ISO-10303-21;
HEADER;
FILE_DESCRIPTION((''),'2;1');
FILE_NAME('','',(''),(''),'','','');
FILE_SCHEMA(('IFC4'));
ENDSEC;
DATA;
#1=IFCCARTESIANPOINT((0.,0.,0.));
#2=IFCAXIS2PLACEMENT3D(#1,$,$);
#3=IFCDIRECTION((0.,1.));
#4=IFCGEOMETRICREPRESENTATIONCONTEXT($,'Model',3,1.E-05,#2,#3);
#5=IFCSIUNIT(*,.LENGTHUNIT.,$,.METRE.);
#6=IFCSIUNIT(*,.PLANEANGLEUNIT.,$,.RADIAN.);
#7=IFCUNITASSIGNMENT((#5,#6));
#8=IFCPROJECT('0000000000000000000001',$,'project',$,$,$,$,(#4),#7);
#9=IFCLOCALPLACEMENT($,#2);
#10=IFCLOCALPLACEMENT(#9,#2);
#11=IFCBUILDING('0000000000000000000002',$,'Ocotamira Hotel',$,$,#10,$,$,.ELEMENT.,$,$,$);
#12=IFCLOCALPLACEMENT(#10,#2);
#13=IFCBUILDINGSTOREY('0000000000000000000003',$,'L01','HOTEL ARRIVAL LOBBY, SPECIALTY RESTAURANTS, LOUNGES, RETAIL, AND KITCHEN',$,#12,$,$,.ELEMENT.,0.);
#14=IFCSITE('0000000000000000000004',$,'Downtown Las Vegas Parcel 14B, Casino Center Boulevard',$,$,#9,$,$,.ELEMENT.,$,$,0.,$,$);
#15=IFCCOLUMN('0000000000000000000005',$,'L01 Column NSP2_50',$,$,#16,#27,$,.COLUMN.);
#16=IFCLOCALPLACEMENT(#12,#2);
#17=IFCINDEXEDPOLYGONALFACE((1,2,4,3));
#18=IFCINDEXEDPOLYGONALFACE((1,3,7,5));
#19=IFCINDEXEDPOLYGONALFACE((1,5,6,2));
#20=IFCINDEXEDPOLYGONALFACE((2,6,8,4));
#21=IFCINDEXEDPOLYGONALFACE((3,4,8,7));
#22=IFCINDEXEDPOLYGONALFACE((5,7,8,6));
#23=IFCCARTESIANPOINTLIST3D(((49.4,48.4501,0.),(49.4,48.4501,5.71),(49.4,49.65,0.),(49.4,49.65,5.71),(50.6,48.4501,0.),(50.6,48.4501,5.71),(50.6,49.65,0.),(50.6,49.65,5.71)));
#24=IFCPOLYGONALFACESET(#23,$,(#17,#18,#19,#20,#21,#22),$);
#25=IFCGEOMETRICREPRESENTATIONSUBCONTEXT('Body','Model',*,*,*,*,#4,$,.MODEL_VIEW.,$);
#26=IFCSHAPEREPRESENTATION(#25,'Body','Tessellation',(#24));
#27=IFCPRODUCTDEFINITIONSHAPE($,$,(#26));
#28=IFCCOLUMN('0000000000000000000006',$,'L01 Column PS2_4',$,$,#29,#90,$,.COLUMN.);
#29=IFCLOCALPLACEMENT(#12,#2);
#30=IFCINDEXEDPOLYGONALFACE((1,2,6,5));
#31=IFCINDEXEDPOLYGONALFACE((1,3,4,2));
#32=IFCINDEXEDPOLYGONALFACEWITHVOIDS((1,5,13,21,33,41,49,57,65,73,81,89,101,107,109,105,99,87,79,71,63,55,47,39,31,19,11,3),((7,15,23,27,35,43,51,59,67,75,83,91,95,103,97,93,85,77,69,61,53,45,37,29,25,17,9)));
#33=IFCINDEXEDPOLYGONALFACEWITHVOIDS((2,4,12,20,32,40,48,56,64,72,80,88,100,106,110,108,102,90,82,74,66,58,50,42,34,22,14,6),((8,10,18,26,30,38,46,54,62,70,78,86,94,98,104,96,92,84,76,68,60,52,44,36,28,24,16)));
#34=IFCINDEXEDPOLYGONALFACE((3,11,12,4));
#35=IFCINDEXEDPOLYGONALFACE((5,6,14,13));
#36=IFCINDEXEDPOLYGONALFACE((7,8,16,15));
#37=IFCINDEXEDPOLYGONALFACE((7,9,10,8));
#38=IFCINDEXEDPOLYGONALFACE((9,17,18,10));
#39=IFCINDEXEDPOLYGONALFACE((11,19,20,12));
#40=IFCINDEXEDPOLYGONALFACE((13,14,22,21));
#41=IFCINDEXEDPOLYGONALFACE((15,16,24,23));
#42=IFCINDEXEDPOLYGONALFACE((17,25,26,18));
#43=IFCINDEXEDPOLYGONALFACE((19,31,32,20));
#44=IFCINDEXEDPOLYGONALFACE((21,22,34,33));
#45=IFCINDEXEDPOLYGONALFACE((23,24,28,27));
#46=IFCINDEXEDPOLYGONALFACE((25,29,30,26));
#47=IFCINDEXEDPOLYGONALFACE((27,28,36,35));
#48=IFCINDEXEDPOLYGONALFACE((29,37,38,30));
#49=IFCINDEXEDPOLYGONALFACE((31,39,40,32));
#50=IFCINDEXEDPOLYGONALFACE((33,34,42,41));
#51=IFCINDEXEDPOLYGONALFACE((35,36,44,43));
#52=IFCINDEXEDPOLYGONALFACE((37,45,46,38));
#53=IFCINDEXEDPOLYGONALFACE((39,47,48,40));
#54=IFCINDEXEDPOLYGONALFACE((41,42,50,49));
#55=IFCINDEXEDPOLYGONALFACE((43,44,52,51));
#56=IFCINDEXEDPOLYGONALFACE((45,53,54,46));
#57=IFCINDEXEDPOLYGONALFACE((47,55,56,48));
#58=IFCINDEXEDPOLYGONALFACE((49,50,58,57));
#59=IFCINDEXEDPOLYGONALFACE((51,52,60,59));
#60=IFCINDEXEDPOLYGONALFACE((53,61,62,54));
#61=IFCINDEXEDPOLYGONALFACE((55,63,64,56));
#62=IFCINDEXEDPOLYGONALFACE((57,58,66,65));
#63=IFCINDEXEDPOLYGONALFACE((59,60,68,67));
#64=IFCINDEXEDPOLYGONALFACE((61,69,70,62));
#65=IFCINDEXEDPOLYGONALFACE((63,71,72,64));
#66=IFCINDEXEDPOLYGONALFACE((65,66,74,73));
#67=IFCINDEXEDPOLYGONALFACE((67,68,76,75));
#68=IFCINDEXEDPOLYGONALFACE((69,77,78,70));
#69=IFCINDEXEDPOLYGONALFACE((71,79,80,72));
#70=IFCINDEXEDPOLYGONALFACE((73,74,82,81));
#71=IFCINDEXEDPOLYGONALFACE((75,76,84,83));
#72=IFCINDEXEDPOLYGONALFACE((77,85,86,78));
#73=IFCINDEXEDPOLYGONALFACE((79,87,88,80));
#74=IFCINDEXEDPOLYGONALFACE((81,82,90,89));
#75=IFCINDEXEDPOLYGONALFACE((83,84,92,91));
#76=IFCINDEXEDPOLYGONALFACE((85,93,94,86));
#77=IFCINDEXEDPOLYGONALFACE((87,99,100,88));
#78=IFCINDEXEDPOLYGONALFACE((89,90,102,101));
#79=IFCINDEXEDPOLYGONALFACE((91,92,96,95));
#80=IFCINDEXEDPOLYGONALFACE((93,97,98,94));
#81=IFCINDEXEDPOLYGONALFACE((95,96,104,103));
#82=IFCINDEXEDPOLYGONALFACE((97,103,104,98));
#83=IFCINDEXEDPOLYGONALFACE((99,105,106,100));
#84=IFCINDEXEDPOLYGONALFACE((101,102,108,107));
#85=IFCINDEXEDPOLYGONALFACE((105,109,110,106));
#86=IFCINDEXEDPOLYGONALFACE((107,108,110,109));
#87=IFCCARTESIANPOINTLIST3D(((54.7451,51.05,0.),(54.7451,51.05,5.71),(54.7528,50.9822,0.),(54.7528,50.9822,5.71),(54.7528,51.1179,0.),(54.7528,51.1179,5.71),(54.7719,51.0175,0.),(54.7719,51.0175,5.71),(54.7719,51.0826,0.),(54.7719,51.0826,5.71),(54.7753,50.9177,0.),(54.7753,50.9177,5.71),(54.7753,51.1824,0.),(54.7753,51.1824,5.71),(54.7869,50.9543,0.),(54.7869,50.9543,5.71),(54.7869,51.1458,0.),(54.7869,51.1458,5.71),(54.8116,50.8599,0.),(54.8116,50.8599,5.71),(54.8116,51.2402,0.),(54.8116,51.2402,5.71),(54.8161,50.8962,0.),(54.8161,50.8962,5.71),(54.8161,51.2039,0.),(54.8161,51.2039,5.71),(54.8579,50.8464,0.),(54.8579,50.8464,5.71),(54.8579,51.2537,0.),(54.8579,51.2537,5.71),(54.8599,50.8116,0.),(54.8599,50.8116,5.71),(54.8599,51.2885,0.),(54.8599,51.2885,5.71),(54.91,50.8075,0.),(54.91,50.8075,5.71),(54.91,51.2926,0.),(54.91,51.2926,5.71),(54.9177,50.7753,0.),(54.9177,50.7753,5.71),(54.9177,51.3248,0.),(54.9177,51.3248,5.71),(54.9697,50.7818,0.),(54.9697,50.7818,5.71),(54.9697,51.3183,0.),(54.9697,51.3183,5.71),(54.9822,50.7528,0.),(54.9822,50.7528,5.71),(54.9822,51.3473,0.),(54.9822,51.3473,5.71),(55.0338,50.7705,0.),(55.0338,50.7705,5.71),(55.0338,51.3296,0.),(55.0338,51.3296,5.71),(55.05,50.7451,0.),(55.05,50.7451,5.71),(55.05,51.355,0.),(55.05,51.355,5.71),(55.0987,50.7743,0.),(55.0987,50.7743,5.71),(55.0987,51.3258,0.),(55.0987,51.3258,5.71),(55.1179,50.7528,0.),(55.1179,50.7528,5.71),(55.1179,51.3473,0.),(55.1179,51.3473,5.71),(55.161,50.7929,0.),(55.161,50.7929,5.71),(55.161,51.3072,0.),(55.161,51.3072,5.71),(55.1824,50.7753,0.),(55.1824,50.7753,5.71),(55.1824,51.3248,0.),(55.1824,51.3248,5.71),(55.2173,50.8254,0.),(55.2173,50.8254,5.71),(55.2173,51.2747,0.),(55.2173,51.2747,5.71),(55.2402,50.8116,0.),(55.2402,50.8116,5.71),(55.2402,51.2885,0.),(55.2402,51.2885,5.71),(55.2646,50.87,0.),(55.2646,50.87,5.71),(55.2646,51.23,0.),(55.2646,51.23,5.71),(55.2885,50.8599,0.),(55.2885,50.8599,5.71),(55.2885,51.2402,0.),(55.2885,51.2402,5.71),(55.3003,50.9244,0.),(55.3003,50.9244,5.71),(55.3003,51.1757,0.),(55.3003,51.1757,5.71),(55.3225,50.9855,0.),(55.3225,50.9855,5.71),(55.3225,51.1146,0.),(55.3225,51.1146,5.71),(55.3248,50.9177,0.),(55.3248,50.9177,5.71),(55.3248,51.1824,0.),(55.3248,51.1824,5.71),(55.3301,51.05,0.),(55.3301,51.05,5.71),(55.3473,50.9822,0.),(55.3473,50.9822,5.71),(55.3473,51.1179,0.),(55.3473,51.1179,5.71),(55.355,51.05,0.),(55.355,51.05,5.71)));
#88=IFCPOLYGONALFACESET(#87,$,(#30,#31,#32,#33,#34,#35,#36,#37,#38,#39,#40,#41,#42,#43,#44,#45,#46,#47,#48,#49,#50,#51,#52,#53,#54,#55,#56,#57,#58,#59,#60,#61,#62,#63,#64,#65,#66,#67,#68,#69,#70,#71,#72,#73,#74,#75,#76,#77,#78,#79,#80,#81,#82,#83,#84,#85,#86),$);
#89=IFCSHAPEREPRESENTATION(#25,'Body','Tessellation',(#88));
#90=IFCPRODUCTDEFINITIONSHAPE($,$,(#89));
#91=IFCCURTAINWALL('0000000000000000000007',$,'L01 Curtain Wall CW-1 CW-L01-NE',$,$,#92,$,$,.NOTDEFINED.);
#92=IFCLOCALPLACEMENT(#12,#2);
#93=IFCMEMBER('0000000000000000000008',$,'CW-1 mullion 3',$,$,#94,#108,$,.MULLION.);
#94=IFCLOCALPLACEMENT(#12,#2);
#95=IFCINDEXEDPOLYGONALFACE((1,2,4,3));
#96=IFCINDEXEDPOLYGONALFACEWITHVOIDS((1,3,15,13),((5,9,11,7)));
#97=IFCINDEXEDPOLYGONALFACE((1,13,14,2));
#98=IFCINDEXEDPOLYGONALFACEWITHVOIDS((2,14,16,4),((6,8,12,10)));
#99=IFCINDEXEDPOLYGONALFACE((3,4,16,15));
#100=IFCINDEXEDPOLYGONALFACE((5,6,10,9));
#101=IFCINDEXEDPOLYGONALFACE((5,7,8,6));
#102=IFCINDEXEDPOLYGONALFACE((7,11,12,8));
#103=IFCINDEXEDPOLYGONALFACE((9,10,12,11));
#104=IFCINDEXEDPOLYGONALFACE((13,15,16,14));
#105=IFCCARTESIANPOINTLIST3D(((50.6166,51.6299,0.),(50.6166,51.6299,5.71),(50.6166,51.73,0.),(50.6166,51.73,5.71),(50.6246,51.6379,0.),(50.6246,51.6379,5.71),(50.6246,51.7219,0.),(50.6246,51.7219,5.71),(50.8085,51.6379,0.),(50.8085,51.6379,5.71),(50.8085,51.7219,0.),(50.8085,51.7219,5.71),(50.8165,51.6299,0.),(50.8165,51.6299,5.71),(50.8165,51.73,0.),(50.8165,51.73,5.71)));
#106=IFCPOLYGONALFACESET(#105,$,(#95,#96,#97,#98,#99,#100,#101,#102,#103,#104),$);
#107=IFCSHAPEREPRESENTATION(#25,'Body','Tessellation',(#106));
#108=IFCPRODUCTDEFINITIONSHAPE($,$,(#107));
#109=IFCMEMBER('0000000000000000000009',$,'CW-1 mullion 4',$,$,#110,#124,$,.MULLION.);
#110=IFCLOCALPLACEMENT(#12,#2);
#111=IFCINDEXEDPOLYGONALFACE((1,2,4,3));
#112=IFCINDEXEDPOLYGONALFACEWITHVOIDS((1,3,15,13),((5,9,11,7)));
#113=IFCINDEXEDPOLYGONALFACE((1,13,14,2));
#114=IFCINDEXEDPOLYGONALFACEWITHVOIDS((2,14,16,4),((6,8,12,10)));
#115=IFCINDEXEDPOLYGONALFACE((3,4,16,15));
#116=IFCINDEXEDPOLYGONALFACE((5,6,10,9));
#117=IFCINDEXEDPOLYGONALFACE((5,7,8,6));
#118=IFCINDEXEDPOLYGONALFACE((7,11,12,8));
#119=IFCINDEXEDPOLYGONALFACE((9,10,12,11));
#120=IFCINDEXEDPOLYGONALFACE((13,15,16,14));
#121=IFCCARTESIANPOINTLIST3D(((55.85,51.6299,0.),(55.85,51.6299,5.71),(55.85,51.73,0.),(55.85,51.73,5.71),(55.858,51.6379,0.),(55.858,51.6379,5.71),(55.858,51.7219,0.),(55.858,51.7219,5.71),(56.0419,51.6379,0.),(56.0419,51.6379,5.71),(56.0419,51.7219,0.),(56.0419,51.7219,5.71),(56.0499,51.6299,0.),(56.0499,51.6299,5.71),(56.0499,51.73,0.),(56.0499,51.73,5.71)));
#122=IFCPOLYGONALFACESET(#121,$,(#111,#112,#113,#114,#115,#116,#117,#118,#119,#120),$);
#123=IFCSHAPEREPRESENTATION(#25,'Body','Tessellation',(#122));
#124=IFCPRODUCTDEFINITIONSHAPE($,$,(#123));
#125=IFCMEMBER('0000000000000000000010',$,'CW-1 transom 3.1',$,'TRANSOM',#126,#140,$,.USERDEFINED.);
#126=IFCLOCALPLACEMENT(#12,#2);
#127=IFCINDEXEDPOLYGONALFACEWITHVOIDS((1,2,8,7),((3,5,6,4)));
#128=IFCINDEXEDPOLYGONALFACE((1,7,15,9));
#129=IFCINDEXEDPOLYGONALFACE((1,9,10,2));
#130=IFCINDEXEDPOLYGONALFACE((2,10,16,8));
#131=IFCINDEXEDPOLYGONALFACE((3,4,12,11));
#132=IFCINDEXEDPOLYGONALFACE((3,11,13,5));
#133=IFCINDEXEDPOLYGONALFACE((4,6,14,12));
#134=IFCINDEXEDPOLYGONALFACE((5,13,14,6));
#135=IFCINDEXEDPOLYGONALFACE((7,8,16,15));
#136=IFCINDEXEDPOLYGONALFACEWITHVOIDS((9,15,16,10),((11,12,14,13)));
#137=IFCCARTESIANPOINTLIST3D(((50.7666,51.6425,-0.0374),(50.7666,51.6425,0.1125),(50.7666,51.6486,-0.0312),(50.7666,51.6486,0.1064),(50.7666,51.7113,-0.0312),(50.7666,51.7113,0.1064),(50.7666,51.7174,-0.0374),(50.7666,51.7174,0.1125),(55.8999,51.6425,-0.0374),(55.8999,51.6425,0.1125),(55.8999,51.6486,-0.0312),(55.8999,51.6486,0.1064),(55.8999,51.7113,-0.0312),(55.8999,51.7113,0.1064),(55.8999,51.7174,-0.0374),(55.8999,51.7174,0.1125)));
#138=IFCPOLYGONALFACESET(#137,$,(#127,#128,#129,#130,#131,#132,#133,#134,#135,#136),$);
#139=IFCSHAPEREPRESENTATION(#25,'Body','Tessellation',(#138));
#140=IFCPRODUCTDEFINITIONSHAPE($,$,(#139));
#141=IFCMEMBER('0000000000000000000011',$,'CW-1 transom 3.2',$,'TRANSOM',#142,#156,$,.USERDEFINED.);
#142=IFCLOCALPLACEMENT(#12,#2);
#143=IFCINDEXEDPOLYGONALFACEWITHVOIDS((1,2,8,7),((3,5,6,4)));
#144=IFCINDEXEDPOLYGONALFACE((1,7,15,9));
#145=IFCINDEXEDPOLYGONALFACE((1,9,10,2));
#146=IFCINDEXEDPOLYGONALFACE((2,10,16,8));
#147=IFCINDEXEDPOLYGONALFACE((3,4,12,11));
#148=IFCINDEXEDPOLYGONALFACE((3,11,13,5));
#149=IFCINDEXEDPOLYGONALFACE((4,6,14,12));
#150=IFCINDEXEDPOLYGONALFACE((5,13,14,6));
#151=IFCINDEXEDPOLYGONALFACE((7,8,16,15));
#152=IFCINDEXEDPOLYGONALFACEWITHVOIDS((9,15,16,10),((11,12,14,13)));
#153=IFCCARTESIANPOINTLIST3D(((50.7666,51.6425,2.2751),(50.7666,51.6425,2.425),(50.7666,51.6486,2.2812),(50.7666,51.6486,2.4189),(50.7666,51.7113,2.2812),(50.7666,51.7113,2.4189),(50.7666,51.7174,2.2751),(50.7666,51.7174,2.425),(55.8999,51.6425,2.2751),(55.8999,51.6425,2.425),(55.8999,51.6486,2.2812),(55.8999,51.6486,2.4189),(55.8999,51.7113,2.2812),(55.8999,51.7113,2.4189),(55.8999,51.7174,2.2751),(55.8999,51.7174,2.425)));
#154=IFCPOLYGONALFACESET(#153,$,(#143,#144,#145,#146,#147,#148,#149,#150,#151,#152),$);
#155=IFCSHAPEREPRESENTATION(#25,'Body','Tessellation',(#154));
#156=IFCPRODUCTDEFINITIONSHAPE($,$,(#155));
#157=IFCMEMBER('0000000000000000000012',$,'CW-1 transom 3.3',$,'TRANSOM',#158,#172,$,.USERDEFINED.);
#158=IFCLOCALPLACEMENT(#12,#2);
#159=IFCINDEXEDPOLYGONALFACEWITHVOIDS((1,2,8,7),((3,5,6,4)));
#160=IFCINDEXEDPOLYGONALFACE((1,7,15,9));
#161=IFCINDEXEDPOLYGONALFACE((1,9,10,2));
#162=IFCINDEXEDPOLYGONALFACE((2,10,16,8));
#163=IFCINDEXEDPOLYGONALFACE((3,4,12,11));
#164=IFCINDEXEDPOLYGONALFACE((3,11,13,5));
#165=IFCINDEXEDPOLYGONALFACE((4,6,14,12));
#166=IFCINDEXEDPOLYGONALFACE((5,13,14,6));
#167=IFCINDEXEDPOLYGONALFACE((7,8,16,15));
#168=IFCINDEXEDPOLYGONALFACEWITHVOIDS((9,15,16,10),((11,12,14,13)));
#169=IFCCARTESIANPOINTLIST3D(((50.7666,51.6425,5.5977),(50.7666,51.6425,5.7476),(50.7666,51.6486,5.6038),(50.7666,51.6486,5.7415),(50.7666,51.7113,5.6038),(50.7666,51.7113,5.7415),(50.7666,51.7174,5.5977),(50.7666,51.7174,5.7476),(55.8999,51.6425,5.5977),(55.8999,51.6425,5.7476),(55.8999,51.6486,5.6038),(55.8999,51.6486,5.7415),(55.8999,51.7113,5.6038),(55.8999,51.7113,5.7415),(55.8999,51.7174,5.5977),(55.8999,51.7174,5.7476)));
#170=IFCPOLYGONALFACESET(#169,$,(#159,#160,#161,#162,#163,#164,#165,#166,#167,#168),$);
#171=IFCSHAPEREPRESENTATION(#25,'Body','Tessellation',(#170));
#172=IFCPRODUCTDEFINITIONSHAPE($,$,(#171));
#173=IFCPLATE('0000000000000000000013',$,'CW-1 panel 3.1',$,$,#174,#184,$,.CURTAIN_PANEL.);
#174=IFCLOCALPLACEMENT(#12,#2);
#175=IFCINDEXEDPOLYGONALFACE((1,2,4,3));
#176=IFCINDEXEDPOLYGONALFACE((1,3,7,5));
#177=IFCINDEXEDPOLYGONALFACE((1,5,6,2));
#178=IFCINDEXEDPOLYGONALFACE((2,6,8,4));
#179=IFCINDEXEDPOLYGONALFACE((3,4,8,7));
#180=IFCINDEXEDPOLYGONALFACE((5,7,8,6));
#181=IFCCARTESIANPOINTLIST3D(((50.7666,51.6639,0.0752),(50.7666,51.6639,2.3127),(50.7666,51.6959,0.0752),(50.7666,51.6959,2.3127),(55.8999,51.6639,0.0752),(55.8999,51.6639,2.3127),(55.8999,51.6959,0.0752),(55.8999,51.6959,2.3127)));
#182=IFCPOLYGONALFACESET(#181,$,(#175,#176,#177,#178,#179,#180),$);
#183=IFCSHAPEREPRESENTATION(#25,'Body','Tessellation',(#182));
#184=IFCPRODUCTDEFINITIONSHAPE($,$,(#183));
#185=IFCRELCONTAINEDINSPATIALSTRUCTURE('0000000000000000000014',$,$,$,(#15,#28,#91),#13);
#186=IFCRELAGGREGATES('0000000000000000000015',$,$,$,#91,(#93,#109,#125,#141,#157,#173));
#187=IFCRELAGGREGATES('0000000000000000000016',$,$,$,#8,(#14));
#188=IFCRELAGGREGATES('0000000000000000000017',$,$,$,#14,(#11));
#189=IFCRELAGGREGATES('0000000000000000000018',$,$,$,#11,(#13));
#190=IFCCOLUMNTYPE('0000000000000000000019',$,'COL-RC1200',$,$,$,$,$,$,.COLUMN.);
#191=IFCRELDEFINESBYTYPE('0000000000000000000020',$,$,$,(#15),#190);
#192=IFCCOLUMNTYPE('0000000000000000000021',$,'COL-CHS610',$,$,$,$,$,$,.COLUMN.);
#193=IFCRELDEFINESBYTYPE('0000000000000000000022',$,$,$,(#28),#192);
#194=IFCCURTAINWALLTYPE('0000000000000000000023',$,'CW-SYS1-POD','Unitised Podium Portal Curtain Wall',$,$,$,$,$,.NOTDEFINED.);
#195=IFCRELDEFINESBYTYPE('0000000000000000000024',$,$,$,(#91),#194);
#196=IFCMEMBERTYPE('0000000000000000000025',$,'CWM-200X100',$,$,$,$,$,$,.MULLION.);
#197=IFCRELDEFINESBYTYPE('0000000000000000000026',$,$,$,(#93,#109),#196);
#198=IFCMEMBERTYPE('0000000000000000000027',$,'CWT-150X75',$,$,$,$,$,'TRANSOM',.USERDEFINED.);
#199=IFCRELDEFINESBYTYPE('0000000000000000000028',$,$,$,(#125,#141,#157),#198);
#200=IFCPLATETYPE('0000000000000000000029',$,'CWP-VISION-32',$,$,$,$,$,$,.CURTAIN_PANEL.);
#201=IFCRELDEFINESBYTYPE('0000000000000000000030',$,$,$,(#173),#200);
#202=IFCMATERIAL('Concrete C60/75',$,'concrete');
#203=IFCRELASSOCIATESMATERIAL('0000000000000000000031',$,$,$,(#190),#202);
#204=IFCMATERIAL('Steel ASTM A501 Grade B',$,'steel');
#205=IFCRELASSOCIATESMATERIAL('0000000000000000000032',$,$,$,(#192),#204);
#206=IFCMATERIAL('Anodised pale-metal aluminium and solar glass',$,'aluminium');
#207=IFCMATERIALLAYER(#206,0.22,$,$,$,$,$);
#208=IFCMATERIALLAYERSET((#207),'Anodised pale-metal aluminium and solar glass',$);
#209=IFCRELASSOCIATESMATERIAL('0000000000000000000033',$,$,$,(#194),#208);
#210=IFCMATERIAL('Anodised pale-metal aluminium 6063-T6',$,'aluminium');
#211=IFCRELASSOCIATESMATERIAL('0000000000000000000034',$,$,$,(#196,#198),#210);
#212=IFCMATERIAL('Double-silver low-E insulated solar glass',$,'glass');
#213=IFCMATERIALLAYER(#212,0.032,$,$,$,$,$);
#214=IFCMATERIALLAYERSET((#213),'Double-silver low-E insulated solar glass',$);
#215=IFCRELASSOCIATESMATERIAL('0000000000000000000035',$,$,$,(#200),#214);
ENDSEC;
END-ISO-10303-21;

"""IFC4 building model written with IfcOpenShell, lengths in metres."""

from ifc_helpers import new_model, si_unit, direction, frame, origin, origin_2d, place, context, subcontext, project, spatial, rectangle, hollow_rectangle, hollow_circle, extrude, source, transform, mapped, material, layer, layer_set, material_profile, profile_set, type_object, element, aggregate, save


model = new_model("IFC4")

# Units and contexts
model_context = context("Model", 3, precision=1e-05, world=origin(), true_north=direction((0.0, 1.0)))
body_context = subcontext(model_context, "Body", "Model", "MODEL_VIEW")
ifc_project = project(units=[si_unit("LENGTHUNIT", "METRE"), si_unit("PLANEANGLEUNIT", "RADIAN")], contexts=[model_context])

# Site, building, storey
site_placement = place(None, origin())
site = spatial("IfcSite", under=ifc_project, at=site_placement, Name="Downtown Las Vegas Parcel 14B, Casino Center Boulevard", CompositionType="ELEMENT", RefElevation=0.0)
building_placement = place(site_placement, origin())
building = spatial("IfcBuilding", under=site, at=building_placement, Name="Ocotamira Hotel", CompositionType="ELEMENT")
storey_placement = place(building_placement, origin())
storey = spatial("IfcBuildingStorey", under=building, at=storey_placement, Name="L01", Description="HOTEL ARRIVAL LOBBY, SPECIALTY RESTAURANTS, LOUNGES, RETAIL, AND KITCHEN", CompositionType="ELEMENT", Elevation=0.0)

# Columns
ifc_material_1 = material(Name="Concrete C60/75", Category="concrete")
ifc_material_profile_1 = material_profile(ifc_material_1, rectangle(XDim=1.2, YDim=1.2, at=origin_2d()), Name="RC1200X1200")
ifc_profile_set_1 = profile_set([ifc_material_profile_1], Name="Concrete C60/75")
column_type_1 = type_object("IfcColumnType", Name="COL-RC1200", PredefinedType="COLUMN", material=ifc_profile_set_1)
shared_shape_1 = source(origin(), body_context, "Body", "SweptSolid", [
    extrude(rectangle(XDim=1.2, YDim=1.2, at=origin_2d()), origin(), (0.0, 0.0, 1.0), 5.71),
])
column_1_placement = place(storey_placement, frame((50.0, 49.05, 0.0), z_axis=(0.0, 0.0, 1.0), x_axis=(1.0, 0.0, 0.0)))
element("IfcColumn", 1, at=column_1_placement, inside=storey, type_object=column_type_1, Name="L01 Column NSP2_50", PredefinedType="COLUMN", context=body_context, shape_type="MappedRepresentation", body=[
    mapped(shared_shape_1, transform((0.0, 0.0, 0.0), scale=1.0)),
])
ifc_material_2 = material(Name="Steel ASTM A501 Grade B", Category="steel")
ifc_material_profile_2 = material_profile(ifc_material_2, hollow_circle(Radius=0.3049, WallThickness=0.0249, at=origin_2d()), Name="CHS610X25")
ifc_profile_set_2 = profile_set([ifc_material_profile_2], Name="Steel ASTM A501 Grade B")
column_type_2 = type_object("IfcColumnType", Name="COL-CHS610", PredefinedType="COLUMN", material=ifc_profile_set_2)
shared_shape_2 = source(origin(), body_context, "Body", "SweptSolid", [
    extrude(hollow_circle(Radius=0.3049, WallThickness=0.0249, at=origin_2d()), origin(), (0.0, 0.0, 1.0), 5.71),
])
column_2_placement = place(storey_placement, frame((55.05, 51.05, 0.0), z_axis=(0.0, 0.0, 1.0), x_axis=(1.0, 0.0, 0.0)))
element("IfcColumn", 2, at=column_2_placement, inside=storey, type_object=column_type_2, Name="L01 Column PS2_4", PredefinedType="COLUMN", context=body_context, shape_type="MappedRepresentation", body=[
    mapped(shared_shape_2, transform((0.0, 0.0, 0.0), scale=1.0)),
])

# Curtain wall, members, plate
ifc_material_3 = material(Name="Anodised pale-metal aluminium and solar glass", Category="aluminium")
ifc_layer_1 = layer(ifc_material_3, 0.22)
ifc_layer_set_1 = layer_set([ifc_layer_1], Name="Anodised pale-metal aluminium and solar glass")
curtain_wall_type = type_object("IfcCurtainWallType", Name="CW-SYS1-POD", Description="Unitised Podium Portal Curtain Wall", PredefinedType="NOTDEFINED", material=ifc_layer_set_1)
curtain_wall_placement = place(storey_placement, origin())
curtain_wall = element("IfcCurtainWall", 3, at=curtain_wall_placement, inside=storey, type_object=curtain_wall_type, Name="L01 Curtain Wall CW-1 CW-L01-NE", PredefinedType="NOTDEFINED")
ifc_material_4 = material(Name="Anodised pale-metal aluminium 6063-T6", Category="aluminium")
ifc_material_profile_3 = material_profile(ifc_material_4, hollow_rectangle(XDim=0.1001, YDim=0.2, WallThickness=0.0081, at=origin_2d()), Name="HSS200X100X8")
ifc_profile_set_3 = profile_set([ifc_material_profile_3], Name="Anodised pale-metal aluminium 6063-T6")
member_type_1 = type_object("IfcMemberType", Name="CWM-200X100", PredefinedType="MULLION", material=ifc_profile_set_3)
shared_shape_3 = source(origin(), body_context, "Body", "SweptSolid", [
    extrude(hollow_rectangle(XDim=0.1001, YDim=0.2, WallThickness=0.0081, at=origin_2d()), origin(), (0.0, 0.0, 1.0), 5.71),
])
member_1_placement = place(storey_placement, frame((50.7166, 51.6799, 0.0), z_axis=(0.0, 0.0, 1.0), x_axis=(0.0, 1.0, 0.0)))
member_1 = element("IfcMember", 4, at=member_1_placement, type_object=member_type_1, Name="CW-1 mullion 3", PredefinedType="MULLION", context=body_context, shape_type="MappedRepresentation", body=[
    mapped(shared_shape_3, transform((0.0, 0.0, 0.0), scale=1.0)),
])
member_2_placement = place(storey_placement, frame((55.95, 51.6799, 0.0), z_axis=(0.0, 0.0, 1.0), x_axis=(0.0, 1.0, 0.0)))
member_2 = element("IfcMember", 5, at=member_2_placement, type_object=member_type_1, Name="CW-1 mullion 4", PredefinedType="MULLION", context=body_context, shape_type="MappedRepresentation", body=[
    mapped(shared_shape_3, transform((0.0, 0.0, 0.0), scale=1.0)),
])
ifc_material_profile_4 = material_profile(ifc_material_4, hollow_rectangle(XDim=0.075, YDim=0.1499, WallThickness=0.0061, at=origin_2d()), Name="HSS150X75X6")
ifc_profile_set_4 = profile_set([ifc_material_profile_4], Name="Anodised pale-metal aluminium 6063-T6")
member_type_2 = type_object("IfcMemberType", Name="CWT-150X75", ElementType="TRANSOM", PredefinedType="USERDEFINED", material=ifc_profile_set_4)
shared_shape_4 = source(origin(), body_context, "Body", "SweptSolid", [
    extrude(hollow_rectangle(XDim=0.075, YDim=0.1499, WallThickness=0.0061, at=origin_2d()), origin(), (0.0, 0.0, 1.0), 5.1333),
])
member_3_placement = place(storey_placement, frame((50.7666, 51.6799, 0.0376), z_axis=(1.0, 0.0, 0.0), x_axis=(0.0, 1.0, 0.0)))
member_3 = element("IfcMember", 6, at=member_3_placement, type_object=member_type_2, Name="CW-1 transom 3.1", ObjectType="TRANSOM", PredefinedType="USERDEFINED", context=body_context, shape_type="MappedRepresentation", body=[
    mapped(shared_shape_4, transform((0.0, 0.0, 0.0), scale=1.0)),
])
member_4_placement = place(storey_placement, frame((50.7666, 51.6799, 2.3501), z_axis=(1.0, 0.0, 0.0), x_axis=(0.0, 1.0, 0.0)))
member_4 = element("IfcMember", 7, at=member_4_placement, type_object=member_type_2, Name="CW-1 transom 3.2", ObjectType="TRANSOM", PredefinedType="USERDEFINED", context=body_context, shape_type="MappedRepresentation", body=[
    mapped(shared_shape_4, transform((0.0, 0.0, 0.0), scale=1.0)),
])
member_5_placement = place(storey_placement, frame((50.7666, 51.6799, 5.6726), z_axis=(1.0, 0.0, 0.0), x_axis=(0.0, 1.0, 0.0)))
member_5 = element("IfcMember", 8, at=member_5_placement, type_object=member_type_2, Name="CW-1 transom 3.3", ObjectType="TRANSOM", PredefinedType="USERDEFINED", context=body_context, shape_type="MappedRepresentation", body=[
    mapped(shared_shape_4, transform((0.0, 0.0, 0.0), scale=1.0)),
])
ifc_material_5 = material(Name="Double-silver low-E insulated solar glass", Category="glass")
ifc_layer_2 = layer(ifc_material_5, 0.032)
ifc_layer_set_2 = layer_set([ifc_layer_2], Name="Double-silver low-E insulated solar glass")
plate_type = type_object("IfcPlateType", Name="CWP-VISION-32", PredefinedType="CURTAIN_PANEL", material=ifc_layer_set_2)
shared_shape_5 = source(origin(), body_context, "Body", "SweptSolid", [
    extrude(rectangle(XDim=5.1333, YDim=0.032, at=origin_2d()), origin(), (0.0, 0.0, 1.0), 2.2375),
])
plate_1_placement = place(storey_placement, frame((53.3333, 51.6799, 0.0752), z_axis=(0.0, 0.0, 1.0), x_axis=(1.0, 0.0, 0.0)))
plate_1 = element("IfcPlate", 9, at=plate_1_placement, type_object=plate_type, Name="CW-1 panel 3.1", PredefinedType="CURTAIN_PANEL", context=body_context, shape_type="MappedRepresentation", body=[
    mapped(shared_shape_5, transform((0.0, 0.0, 0.0), scale=1.0)),
])
aggregate(curtain_wall, [member_1, member_2, member_3, member_4, member_5, plate_1])

save(model, "model.ifc")
